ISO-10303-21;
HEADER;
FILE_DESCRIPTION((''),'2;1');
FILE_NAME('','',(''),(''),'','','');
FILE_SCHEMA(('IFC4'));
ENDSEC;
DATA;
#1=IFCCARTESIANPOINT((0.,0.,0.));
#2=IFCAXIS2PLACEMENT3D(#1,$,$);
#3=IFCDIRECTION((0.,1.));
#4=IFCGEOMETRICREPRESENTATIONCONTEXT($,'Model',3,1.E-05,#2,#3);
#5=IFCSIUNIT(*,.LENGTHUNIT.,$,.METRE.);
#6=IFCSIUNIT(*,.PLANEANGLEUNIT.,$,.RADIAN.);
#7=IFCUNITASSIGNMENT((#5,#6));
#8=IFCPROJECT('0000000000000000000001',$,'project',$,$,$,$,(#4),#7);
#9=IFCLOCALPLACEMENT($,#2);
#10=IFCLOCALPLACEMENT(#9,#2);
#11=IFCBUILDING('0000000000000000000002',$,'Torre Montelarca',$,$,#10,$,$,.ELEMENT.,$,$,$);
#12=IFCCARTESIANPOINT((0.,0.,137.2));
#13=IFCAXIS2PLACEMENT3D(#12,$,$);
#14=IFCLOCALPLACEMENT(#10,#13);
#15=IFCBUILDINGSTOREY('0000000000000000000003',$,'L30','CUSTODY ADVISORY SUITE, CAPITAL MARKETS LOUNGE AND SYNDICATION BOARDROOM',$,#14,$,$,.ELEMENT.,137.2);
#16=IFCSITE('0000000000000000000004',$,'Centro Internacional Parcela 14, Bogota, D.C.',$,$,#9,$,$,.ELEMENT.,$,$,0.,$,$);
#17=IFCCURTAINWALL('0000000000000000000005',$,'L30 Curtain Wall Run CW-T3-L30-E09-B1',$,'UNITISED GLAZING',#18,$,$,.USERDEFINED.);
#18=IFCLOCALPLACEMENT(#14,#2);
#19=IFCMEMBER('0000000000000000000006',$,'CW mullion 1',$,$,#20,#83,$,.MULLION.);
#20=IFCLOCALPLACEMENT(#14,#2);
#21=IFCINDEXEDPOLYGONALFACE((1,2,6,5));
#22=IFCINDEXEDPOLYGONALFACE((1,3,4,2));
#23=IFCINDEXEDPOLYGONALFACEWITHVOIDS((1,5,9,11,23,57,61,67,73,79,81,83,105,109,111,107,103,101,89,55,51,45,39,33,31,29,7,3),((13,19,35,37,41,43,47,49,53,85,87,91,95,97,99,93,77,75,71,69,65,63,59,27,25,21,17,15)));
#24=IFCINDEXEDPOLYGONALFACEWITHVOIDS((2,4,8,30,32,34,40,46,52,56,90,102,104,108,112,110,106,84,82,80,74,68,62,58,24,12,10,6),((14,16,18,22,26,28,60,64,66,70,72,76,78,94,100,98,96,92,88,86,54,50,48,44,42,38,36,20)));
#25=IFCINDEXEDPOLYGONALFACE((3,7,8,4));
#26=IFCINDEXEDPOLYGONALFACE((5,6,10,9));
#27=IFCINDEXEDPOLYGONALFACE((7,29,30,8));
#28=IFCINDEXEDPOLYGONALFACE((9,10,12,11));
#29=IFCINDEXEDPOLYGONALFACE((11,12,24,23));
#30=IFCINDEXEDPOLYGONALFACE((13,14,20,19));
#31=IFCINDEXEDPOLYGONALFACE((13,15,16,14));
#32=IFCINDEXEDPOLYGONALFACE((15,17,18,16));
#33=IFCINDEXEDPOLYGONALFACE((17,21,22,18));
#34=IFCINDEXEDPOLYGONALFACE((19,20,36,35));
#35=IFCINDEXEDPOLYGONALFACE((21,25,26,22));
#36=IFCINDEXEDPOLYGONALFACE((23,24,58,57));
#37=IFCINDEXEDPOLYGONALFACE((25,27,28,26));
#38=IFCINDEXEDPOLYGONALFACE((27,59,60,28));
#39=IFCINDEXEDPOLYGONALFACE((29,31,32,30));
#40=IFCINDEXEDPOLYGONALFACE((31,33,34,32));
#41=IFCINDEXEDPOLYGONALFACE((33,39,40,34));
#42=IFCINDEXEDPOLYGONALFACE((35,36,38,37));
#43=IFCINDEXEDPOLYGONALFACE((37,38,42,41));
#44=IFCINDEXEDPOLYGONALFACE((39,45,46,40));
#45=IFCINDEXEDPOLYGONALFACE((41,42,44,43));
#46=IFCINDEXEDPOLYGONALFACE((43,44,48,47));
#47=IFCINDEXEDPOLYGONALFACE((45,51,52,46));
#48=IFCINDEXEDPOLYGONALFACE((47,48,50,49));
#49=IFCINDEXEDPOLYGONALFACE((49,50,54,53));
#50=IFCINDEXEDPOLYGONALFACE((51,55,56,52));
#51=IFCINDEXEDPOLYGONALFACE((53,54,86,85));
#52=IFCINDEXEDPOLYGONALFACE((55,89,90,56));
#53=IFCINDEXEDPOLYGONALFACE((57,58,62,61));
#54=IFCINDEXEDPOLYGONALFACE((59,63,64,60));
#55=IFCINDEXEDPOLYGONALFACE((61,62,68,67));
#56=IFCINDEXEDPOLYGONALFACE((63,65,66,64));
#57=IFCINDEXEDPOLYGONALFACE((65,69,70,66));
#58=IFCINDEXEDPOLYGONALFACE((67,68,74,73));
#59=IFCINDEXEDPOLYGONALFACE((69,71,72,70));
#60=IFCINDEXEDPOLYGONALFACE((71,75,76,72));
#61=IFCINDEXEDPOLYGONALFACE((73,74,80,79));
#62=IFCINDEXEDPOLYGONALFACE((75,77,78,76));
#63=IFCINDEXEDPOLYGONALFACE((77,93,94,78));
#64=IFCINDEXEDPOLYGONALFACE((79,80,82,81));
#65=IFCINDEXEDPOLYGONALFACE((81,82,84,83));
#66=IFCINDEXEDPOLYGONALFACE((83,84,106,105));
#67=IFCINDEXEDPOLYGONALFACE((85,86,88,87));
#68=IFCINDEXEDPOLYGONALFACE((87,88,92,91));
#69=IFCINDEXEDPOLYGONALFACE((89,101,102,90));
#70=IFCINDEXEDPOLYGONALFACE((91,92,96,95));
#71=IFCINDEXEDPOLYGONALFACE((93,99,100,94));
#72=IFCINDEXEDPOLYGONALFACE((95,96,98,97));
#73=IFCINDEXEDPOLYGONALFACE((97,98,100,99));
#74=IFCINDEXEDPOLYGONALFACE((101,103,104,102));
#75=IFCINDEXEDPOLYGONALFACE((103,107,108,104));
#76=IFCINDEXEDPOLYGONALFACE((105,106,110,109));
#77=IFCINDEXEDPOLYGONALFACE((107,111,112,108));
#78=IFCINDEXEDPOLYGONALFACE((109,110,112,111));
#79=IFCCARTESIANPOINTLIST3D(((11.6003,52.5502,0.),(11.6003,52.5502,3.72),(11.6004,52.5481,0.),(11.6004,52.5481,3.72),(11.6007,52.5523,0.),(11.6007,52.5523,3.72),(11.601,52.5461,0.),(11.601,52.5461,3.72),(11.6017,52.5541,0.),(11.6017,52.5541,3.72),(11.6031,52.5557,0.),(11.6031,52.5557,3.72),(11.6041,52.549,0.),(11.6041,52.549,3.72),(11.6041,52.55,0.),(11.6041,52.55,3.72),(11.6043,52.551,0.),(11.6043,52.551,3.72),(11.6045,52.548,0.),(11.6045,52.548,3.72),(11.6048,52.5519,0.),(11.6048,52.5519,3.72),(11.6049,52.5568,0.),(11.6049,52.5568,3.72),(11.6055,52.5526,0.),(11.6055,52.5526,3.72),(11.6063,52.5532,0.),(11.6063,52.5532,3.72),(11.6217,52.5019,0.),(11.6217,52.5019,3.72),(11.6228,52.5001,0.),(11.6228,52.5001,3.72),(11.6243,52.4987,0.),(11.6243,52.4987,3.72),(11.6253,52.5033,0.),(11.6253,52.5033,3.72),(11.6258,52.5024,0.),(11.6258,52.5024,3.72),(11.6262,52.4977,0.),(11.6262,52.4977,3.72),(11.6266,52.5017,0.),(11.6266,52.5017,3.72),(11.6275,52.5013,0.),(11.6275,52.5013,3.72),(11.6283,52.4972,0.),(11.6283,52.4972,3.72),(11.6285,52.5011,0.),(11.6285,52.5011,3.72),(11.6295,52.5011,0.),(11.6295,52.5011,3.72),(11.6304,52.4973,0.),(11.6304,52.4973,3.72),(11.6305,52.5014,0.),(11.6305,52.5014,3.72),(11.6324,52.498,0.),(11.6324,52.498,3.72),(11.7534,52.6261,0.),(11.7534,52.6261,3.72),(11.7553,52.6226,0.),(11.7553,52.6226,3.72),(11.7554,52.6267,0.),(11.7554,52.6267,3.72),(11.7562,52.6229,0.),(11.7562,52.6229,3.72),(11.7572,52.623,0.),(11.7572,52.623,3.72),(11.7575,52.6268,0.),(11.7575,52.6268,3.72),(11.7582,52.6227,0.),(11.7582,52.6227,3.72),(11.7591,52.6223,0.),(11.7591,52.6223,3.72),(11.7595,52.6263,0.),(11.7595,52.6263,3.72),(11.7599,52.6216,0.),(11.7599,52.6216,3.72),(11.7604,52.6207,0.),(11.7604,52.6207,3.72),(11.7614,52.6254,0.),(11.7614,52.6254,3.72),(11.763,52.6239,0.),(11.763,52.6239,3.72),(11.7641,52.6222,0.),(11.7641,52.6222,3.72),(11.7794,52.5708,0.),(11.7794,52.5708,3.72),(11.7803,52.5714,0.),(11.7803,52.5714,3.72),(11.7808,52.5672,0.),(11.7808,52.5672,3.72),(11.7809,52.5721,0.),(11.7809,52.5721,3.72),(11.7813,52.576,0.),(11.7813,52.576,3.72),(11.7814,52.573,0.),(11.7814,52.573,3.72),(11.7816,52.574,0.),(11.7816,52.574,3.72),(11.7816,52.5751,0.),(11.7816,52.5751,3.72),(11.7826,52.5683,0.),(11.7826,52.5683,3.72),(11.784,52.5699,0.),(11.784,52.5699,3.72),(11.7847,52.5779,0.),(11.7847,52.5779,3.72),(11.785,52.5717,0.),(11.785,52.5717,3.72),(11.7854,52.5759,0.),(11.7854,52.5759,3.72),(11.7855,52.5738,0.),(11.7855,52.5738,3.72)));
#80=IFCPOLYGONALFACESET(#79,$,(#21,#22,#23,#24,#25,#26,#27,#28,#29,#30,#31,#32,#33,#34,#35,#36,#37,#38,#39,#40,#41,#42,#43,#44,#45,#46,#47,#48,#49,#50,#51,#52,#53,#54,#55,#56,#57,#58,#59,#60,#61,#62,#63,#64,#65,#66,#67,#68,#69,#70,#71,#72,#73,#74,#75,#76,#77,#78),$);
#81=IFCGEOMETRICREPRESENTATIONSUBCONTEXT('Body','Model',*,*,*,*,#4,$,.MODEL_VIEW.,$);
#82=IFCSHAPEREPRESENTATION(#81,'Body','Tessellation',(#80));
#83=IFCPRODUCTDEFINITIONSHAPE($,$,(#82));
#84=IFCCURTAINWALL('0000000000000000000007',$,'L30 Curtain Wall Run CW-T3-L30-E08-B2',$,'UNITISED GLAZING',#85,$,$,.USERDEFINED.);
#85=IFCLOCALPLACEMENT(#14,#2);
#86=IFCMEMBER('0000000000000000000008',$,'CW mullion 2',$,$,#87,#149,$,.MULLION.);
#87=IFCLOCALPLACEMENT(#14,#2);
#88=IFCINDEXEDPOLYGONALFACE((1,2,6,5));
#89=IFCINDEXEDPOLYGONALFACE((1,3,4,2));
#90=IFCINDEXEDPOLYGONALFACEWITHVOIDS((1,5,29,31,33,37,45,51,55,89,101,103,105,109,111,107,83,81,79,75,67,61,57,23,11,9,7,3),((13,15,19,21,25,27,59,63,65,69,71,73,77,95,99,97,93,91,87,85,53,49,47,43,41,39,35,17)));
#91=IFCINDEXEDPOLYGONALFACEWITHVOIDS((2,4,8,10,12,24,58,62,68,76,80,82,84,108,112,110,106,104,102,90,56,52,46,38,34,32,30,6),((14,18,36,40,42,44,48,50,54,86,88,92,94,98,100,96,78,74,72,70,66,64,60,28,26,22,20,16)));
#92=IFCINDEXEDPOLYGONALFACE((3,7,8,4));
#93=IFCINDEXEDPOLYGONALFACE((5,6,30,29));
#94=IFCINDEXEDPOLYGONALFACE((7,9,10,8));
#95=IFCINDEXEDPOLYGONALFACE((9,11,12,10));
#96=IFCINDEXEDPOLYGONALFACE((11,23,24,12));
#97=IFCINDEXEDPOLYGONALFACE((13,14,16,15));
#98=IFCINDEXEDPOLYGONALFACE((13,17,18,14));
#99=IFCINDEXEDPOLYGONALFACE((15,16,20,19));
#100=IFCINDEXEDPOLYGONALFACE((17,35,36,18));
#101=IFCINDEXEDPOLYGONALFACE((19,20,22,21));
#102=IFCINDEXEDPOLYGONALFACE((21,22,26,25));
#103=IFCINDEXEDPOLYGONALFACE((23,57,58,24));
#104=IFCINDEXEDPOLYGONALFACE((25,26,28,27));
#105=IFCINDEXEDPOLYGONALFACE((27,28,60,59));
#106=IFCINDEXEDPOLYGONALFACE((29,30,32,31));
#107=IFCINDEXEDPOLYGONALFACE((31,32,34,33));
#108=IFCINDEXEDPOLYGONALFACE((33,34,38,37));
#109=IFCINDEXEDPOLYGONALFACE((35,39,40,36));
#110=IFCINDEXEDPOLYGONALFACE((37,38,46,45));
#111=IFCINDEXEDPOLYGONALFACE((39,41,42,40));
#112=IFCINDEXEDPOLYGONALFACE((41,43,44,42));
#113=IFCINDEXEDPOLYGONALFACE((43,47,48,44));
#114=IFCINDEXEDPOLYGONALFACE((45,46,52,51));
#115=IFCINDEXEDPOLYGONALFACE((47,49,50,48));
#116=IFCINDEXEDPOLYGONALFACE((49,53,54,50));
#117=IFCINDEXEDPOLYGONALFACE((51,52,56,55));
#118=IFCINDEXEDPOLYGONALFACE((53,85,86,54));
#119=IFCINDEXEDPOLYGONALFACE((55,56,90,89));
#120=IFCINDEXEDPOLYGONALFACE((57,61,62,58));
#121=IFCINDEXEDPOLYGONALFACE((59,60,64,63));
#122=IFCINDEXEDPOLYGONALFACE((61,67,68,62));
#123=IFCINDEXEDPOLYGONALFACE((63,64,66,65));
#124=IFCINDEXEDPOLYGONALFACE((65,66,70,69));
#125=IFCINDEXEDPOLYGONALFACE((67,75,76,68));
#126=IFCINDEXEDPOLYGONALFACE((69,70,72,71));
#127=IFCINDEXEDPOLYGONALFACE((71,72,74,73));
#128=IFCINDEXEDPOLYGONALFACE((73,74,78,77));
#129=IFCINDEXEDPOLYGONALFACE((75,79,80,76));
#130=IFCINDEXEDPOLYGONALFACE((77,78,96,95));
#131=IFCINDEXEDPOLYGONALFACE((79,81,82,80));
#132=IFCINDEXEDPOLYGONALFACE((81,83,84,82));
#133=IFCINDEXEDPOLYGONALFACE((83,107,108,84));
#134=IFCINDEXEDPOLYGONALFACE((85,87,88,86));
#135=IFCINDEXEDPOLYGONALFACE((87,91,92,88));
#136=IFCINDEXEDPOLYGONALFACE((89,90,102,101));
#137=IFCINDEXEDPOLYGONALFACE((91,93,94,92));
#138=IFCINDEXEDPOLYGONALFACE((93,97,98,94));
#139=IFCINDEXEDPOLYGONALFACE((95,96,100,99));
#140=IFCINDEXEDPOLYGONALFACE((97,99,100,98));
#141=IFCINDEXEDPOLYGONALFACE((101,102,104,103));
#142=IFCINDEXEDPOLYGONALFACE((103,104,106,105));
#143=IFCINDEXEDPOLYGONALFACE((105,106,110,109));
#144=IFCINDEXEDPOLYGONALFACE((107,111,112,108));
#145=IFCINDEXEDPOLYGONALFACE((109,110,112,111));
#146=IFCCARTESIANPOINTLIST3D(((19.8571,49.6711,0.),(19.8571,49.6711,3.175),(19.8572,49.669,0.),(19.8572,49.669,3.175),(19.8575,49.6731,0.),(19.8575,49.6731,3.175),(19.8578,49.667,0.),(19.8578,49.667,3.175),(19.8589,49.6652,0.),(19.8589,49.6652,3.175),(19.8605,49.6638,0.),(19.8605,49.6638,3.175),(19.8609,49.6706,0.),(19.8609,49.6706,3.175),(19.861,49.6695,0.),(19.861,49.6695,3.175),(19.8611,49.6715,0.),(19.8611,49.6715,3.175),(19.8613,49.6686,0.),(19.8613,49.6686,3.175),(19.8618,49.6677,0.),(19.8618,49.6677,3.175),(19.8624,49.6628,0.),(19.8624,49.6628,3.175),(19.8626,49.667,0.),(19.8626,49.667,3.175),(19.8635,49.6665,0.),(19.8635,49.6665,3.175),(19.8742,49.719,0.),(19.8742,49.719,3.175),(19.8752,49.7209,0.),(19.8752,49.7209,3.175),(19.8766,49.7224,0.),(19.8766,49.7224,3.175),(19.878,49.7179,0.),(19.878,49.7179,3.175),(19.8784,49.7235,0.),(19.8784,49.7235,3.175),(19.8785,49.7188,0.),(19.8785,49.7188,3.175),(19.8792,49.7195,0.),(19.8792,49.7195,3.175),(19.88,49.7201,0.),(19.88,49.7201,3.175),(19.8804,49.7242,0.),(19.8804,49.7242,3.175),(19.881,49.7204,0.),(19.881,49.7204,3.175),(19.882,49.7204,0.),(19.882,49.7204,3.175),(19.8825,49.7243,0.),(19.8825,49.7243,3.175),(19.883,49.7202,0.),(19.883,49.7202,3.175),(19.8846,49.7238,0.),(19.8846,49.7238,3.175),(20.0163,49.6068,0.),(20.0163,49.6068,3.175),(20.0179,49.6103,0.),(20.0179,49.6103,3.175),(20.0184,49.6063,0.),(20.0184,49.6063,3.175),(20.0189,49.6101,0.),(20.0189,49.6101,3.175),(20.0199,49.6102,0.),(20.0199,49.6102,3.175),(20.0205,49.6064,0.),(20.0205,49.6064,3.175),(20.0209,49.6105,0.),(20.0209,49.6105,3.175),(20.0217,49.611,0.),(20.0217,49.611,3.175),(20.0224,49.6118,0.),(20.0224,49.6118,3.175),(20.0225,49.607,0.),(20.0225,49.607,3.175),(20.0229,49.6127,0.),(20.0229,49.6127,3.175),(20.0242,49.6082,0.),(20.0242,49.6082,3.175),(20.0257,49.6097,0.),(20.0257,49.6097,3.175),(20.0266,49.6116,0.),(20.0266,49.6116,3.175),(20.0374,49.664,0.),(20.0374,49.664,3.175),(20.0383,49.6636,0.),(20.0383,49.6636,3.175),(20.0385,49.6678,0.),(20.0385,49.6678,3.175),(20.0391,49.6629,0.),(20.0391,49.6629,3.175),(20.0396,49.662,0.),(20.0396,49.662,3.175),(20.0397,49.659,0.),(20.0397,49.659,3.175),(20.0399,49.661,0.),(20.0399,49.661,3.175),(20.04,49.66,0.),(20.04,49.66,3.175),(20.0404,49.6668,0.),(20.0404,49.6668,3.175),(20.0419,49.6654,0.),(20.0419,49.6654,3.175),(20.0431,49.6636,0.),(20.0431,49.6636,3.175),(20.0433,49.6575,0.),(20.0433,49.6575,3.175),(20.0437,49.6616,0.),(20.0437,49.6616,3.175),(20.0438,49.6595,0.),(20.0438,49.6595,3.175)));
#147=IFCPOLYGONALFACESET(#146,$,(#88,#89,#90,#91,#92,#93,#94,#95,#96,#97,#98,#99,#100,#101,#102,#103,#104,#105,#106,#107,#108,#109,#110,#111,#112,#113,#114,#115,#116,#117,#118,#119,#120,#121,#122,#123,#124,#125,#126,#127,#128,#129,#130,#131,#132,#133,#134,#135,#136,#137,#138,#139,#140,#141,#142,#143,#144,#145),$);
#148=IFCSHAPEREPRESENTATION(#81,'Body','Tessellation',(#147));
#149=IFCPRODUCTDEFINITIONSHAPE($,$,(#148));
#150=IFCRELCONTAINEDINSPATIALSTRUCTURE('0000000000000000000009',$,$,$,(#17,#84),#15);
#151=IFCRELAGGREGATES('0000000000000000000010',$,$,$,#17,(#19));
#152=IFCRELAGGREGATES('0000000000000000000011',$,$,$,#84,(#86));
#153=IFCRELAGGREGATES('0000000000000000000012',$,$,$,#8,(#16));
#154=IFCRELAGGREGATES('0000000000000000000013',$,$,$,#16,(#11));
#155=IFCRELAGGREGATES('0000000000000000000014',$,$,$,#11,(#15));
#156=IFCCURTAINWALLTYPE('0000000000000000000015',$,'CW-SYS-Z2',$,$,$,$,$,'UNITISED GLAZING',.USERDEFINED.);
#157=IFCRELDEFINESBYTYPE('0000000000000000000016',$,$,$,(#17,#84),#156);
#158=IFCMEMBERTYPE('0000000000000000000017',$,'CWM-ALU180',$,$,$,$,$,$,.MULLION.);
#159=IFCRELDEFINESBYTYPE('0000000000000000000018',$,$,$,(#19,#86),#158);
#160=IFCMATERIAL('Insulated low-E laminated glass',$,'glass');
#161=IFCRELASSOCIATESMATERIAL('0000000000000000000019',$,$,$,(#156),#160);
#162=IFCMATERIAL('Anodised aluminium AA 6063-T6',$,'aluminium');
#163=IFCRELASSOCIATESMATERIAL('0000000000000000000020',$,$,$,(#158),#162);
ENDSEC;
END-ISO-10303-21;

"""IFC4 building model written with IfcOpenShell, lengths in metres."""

from ifc_helpers import new_model, si_unit, direction, frame, origin, origin_2d, place, context, subcontext, project, spatial, hollow_rectangle, extrude, source, transform, mapped, material, material_profile, profile_set, type_object, element, aggregate, save


model = new_model("IFC4")

# Units and contexts
model_context = context("Model", 3, precision=1e-05, world=origin(), true_north=direction((0.0, 1.0)))
body_context = subcontext(model_context, "Body", "Model", "MODEL_VIEW")
ifc_project = project(units=[si_unit("LENGTHUNIT", "METRE"), si_unit("PLANEANGLEUNIT", "RADIAN")], contexts=[model_context])

# Site, building, storey
site_placement = place(None, origin())
site = spatial("IfcSite", under=ifc_project, at=site_placement, Name="Centro Internacional Parcela 14, Bogota, D.C.", CompositionType="ELEMENT", RefElevation=0.0)
building_placement = place(site_placement, origin())
building = spatial("IfcBuilding", under=site, at=building_placement, Name="Torre Montelarca", CompositionType="ELEMENT")
storey_placement = place(building_placement, frame((0.0, 0.0, 137.2)))
storey = spatial("IfcBuildingStorey", under=building, at=storey_placement, Name="L30", Description="CUSTODY ADVISORY SUITE, CAPITAL MARKETS LOUNGE AND SYNDICATION BOARDROOM", CompositionType="ELEMENT", Elevation=137.2)

# Curtain walls, members
ifc_material_1 = material(Name="Insulated low-E laminated glass", Category="glass")
curtain_wall_type = type_object("IfcCurtainWallType", Name="CW-SYS-Z2", ElementType="UNITISED GLAZING", PredefinedType="USERDEFINED", material=ifc_material_1)
curtain_wall_1_placement = place(storey_placement, origin())
curtain_wall_1 = element("IfcCurtainWall", 1, at=curtain_wall_1_placement, inside=storey, type_object=curtain_wall_type, Name="L30 Curtain Wall Run CW-T3-L30-E09-B1", ObjectType="UNITISED GLAZING", PredefinedType="USERDEFINED")
ifc_material_2 = material(Name="Anodised aluminium AA 6063-T6", Category="aluminium")
ifc_material_profile_1 = material_profile(ifc_material_2, hollow_rectangle(XDim=0.0649, YDim=0.1799, WallThickness=0.0039, InnerFilletRadius=0.0039, OuterFilletRadius=0.0081, at=origin_2d()), Name="ALU65X180X4", Category="aluminium")
ifc_profile_set_1 = profile_set([ifc_material_profile_1], Name="Anodised aluminium AA 6063-T6")
member_type_1 = type_object("IfcMemberType", Name="CWM-ALU180", PredefinedType="MULLION", material=ifc_profile_set_1)
shared_shape_1 = source(origin(), body_context, "Body", "SweptSolid", [
    extrude(hollow_rectangle(XDim=0.0649, YDim=0.1799, WallThickness=0.0039, InnerFilletRadius=0.0039, OuterFilletRadius=0.0081, at=origin_2d()), origin(), (0.0, 0.0, 1.0), 3.72),
])
member_1_placement = place(storey_placement, frame((11.6929, 52.562, 0.0), z_axis=(0.0, 0.0, 1.0), x_axis=(0.422598, -0.906317, 0.0)))
member_1 = element("IfcMember", 2, at=member_1_placement, type_object=member_type_1, Name="CW mullion 1", PredefinedType="MULLION", context=body_context, shape_type="MappedRepresentation", body=[
    mapped(shared_shape_1, transform((0.0, 0.0, 0.0), scale=1.0)),
])
curtain_wall_2_placement = place(storey_placement, origin())
curtain_wall_2 = element("IfcCurtainWall", 3, at=curtain_wall_2_placement, inside=storey, type_object=curtain_wall_type, Name="L30 Curtain Wall Run CW-T3-L30-E08-B2", ObjectType="UNITISED GLAZING", PredefinedType="USERDEFINED")
shared_shape_2 = source(origin(), body_context, "Body", "SweptSolid", [
    extrude(hollow_rectangle(XDim=0.0649, YDim=0.1799, WallThickness=0.0039, InnerFilletRadius=0.0039, OuterFilletRadius=0.0081, at=origin_2d()), origin(), (0.0, 0.0, 1.0), 3.175),
])
member_2_placement = place(storey_placement, frame((19.9504, 49.6653, 0.0), z_axis=(0.0, 0.0, 1.0), x_axis=(-0.342016, -0.939694, 0.0)))
member_2 = element("IfcMember", 4, at=member_2_placement, type_object=member_type_1, Name="CW mullion 2", PredefinedType="MULLION", context=body_context, shape_type="MappedRepresentation", body=[
    mapped(shared_shape_2, transform((0.0, 0.0, 0.0), scale=1.0)),
])

aggregate(curtain_wall_1, [member_1])
aggregate(curtain_wall_2, [member_2])

save(model, "model.ifc")
